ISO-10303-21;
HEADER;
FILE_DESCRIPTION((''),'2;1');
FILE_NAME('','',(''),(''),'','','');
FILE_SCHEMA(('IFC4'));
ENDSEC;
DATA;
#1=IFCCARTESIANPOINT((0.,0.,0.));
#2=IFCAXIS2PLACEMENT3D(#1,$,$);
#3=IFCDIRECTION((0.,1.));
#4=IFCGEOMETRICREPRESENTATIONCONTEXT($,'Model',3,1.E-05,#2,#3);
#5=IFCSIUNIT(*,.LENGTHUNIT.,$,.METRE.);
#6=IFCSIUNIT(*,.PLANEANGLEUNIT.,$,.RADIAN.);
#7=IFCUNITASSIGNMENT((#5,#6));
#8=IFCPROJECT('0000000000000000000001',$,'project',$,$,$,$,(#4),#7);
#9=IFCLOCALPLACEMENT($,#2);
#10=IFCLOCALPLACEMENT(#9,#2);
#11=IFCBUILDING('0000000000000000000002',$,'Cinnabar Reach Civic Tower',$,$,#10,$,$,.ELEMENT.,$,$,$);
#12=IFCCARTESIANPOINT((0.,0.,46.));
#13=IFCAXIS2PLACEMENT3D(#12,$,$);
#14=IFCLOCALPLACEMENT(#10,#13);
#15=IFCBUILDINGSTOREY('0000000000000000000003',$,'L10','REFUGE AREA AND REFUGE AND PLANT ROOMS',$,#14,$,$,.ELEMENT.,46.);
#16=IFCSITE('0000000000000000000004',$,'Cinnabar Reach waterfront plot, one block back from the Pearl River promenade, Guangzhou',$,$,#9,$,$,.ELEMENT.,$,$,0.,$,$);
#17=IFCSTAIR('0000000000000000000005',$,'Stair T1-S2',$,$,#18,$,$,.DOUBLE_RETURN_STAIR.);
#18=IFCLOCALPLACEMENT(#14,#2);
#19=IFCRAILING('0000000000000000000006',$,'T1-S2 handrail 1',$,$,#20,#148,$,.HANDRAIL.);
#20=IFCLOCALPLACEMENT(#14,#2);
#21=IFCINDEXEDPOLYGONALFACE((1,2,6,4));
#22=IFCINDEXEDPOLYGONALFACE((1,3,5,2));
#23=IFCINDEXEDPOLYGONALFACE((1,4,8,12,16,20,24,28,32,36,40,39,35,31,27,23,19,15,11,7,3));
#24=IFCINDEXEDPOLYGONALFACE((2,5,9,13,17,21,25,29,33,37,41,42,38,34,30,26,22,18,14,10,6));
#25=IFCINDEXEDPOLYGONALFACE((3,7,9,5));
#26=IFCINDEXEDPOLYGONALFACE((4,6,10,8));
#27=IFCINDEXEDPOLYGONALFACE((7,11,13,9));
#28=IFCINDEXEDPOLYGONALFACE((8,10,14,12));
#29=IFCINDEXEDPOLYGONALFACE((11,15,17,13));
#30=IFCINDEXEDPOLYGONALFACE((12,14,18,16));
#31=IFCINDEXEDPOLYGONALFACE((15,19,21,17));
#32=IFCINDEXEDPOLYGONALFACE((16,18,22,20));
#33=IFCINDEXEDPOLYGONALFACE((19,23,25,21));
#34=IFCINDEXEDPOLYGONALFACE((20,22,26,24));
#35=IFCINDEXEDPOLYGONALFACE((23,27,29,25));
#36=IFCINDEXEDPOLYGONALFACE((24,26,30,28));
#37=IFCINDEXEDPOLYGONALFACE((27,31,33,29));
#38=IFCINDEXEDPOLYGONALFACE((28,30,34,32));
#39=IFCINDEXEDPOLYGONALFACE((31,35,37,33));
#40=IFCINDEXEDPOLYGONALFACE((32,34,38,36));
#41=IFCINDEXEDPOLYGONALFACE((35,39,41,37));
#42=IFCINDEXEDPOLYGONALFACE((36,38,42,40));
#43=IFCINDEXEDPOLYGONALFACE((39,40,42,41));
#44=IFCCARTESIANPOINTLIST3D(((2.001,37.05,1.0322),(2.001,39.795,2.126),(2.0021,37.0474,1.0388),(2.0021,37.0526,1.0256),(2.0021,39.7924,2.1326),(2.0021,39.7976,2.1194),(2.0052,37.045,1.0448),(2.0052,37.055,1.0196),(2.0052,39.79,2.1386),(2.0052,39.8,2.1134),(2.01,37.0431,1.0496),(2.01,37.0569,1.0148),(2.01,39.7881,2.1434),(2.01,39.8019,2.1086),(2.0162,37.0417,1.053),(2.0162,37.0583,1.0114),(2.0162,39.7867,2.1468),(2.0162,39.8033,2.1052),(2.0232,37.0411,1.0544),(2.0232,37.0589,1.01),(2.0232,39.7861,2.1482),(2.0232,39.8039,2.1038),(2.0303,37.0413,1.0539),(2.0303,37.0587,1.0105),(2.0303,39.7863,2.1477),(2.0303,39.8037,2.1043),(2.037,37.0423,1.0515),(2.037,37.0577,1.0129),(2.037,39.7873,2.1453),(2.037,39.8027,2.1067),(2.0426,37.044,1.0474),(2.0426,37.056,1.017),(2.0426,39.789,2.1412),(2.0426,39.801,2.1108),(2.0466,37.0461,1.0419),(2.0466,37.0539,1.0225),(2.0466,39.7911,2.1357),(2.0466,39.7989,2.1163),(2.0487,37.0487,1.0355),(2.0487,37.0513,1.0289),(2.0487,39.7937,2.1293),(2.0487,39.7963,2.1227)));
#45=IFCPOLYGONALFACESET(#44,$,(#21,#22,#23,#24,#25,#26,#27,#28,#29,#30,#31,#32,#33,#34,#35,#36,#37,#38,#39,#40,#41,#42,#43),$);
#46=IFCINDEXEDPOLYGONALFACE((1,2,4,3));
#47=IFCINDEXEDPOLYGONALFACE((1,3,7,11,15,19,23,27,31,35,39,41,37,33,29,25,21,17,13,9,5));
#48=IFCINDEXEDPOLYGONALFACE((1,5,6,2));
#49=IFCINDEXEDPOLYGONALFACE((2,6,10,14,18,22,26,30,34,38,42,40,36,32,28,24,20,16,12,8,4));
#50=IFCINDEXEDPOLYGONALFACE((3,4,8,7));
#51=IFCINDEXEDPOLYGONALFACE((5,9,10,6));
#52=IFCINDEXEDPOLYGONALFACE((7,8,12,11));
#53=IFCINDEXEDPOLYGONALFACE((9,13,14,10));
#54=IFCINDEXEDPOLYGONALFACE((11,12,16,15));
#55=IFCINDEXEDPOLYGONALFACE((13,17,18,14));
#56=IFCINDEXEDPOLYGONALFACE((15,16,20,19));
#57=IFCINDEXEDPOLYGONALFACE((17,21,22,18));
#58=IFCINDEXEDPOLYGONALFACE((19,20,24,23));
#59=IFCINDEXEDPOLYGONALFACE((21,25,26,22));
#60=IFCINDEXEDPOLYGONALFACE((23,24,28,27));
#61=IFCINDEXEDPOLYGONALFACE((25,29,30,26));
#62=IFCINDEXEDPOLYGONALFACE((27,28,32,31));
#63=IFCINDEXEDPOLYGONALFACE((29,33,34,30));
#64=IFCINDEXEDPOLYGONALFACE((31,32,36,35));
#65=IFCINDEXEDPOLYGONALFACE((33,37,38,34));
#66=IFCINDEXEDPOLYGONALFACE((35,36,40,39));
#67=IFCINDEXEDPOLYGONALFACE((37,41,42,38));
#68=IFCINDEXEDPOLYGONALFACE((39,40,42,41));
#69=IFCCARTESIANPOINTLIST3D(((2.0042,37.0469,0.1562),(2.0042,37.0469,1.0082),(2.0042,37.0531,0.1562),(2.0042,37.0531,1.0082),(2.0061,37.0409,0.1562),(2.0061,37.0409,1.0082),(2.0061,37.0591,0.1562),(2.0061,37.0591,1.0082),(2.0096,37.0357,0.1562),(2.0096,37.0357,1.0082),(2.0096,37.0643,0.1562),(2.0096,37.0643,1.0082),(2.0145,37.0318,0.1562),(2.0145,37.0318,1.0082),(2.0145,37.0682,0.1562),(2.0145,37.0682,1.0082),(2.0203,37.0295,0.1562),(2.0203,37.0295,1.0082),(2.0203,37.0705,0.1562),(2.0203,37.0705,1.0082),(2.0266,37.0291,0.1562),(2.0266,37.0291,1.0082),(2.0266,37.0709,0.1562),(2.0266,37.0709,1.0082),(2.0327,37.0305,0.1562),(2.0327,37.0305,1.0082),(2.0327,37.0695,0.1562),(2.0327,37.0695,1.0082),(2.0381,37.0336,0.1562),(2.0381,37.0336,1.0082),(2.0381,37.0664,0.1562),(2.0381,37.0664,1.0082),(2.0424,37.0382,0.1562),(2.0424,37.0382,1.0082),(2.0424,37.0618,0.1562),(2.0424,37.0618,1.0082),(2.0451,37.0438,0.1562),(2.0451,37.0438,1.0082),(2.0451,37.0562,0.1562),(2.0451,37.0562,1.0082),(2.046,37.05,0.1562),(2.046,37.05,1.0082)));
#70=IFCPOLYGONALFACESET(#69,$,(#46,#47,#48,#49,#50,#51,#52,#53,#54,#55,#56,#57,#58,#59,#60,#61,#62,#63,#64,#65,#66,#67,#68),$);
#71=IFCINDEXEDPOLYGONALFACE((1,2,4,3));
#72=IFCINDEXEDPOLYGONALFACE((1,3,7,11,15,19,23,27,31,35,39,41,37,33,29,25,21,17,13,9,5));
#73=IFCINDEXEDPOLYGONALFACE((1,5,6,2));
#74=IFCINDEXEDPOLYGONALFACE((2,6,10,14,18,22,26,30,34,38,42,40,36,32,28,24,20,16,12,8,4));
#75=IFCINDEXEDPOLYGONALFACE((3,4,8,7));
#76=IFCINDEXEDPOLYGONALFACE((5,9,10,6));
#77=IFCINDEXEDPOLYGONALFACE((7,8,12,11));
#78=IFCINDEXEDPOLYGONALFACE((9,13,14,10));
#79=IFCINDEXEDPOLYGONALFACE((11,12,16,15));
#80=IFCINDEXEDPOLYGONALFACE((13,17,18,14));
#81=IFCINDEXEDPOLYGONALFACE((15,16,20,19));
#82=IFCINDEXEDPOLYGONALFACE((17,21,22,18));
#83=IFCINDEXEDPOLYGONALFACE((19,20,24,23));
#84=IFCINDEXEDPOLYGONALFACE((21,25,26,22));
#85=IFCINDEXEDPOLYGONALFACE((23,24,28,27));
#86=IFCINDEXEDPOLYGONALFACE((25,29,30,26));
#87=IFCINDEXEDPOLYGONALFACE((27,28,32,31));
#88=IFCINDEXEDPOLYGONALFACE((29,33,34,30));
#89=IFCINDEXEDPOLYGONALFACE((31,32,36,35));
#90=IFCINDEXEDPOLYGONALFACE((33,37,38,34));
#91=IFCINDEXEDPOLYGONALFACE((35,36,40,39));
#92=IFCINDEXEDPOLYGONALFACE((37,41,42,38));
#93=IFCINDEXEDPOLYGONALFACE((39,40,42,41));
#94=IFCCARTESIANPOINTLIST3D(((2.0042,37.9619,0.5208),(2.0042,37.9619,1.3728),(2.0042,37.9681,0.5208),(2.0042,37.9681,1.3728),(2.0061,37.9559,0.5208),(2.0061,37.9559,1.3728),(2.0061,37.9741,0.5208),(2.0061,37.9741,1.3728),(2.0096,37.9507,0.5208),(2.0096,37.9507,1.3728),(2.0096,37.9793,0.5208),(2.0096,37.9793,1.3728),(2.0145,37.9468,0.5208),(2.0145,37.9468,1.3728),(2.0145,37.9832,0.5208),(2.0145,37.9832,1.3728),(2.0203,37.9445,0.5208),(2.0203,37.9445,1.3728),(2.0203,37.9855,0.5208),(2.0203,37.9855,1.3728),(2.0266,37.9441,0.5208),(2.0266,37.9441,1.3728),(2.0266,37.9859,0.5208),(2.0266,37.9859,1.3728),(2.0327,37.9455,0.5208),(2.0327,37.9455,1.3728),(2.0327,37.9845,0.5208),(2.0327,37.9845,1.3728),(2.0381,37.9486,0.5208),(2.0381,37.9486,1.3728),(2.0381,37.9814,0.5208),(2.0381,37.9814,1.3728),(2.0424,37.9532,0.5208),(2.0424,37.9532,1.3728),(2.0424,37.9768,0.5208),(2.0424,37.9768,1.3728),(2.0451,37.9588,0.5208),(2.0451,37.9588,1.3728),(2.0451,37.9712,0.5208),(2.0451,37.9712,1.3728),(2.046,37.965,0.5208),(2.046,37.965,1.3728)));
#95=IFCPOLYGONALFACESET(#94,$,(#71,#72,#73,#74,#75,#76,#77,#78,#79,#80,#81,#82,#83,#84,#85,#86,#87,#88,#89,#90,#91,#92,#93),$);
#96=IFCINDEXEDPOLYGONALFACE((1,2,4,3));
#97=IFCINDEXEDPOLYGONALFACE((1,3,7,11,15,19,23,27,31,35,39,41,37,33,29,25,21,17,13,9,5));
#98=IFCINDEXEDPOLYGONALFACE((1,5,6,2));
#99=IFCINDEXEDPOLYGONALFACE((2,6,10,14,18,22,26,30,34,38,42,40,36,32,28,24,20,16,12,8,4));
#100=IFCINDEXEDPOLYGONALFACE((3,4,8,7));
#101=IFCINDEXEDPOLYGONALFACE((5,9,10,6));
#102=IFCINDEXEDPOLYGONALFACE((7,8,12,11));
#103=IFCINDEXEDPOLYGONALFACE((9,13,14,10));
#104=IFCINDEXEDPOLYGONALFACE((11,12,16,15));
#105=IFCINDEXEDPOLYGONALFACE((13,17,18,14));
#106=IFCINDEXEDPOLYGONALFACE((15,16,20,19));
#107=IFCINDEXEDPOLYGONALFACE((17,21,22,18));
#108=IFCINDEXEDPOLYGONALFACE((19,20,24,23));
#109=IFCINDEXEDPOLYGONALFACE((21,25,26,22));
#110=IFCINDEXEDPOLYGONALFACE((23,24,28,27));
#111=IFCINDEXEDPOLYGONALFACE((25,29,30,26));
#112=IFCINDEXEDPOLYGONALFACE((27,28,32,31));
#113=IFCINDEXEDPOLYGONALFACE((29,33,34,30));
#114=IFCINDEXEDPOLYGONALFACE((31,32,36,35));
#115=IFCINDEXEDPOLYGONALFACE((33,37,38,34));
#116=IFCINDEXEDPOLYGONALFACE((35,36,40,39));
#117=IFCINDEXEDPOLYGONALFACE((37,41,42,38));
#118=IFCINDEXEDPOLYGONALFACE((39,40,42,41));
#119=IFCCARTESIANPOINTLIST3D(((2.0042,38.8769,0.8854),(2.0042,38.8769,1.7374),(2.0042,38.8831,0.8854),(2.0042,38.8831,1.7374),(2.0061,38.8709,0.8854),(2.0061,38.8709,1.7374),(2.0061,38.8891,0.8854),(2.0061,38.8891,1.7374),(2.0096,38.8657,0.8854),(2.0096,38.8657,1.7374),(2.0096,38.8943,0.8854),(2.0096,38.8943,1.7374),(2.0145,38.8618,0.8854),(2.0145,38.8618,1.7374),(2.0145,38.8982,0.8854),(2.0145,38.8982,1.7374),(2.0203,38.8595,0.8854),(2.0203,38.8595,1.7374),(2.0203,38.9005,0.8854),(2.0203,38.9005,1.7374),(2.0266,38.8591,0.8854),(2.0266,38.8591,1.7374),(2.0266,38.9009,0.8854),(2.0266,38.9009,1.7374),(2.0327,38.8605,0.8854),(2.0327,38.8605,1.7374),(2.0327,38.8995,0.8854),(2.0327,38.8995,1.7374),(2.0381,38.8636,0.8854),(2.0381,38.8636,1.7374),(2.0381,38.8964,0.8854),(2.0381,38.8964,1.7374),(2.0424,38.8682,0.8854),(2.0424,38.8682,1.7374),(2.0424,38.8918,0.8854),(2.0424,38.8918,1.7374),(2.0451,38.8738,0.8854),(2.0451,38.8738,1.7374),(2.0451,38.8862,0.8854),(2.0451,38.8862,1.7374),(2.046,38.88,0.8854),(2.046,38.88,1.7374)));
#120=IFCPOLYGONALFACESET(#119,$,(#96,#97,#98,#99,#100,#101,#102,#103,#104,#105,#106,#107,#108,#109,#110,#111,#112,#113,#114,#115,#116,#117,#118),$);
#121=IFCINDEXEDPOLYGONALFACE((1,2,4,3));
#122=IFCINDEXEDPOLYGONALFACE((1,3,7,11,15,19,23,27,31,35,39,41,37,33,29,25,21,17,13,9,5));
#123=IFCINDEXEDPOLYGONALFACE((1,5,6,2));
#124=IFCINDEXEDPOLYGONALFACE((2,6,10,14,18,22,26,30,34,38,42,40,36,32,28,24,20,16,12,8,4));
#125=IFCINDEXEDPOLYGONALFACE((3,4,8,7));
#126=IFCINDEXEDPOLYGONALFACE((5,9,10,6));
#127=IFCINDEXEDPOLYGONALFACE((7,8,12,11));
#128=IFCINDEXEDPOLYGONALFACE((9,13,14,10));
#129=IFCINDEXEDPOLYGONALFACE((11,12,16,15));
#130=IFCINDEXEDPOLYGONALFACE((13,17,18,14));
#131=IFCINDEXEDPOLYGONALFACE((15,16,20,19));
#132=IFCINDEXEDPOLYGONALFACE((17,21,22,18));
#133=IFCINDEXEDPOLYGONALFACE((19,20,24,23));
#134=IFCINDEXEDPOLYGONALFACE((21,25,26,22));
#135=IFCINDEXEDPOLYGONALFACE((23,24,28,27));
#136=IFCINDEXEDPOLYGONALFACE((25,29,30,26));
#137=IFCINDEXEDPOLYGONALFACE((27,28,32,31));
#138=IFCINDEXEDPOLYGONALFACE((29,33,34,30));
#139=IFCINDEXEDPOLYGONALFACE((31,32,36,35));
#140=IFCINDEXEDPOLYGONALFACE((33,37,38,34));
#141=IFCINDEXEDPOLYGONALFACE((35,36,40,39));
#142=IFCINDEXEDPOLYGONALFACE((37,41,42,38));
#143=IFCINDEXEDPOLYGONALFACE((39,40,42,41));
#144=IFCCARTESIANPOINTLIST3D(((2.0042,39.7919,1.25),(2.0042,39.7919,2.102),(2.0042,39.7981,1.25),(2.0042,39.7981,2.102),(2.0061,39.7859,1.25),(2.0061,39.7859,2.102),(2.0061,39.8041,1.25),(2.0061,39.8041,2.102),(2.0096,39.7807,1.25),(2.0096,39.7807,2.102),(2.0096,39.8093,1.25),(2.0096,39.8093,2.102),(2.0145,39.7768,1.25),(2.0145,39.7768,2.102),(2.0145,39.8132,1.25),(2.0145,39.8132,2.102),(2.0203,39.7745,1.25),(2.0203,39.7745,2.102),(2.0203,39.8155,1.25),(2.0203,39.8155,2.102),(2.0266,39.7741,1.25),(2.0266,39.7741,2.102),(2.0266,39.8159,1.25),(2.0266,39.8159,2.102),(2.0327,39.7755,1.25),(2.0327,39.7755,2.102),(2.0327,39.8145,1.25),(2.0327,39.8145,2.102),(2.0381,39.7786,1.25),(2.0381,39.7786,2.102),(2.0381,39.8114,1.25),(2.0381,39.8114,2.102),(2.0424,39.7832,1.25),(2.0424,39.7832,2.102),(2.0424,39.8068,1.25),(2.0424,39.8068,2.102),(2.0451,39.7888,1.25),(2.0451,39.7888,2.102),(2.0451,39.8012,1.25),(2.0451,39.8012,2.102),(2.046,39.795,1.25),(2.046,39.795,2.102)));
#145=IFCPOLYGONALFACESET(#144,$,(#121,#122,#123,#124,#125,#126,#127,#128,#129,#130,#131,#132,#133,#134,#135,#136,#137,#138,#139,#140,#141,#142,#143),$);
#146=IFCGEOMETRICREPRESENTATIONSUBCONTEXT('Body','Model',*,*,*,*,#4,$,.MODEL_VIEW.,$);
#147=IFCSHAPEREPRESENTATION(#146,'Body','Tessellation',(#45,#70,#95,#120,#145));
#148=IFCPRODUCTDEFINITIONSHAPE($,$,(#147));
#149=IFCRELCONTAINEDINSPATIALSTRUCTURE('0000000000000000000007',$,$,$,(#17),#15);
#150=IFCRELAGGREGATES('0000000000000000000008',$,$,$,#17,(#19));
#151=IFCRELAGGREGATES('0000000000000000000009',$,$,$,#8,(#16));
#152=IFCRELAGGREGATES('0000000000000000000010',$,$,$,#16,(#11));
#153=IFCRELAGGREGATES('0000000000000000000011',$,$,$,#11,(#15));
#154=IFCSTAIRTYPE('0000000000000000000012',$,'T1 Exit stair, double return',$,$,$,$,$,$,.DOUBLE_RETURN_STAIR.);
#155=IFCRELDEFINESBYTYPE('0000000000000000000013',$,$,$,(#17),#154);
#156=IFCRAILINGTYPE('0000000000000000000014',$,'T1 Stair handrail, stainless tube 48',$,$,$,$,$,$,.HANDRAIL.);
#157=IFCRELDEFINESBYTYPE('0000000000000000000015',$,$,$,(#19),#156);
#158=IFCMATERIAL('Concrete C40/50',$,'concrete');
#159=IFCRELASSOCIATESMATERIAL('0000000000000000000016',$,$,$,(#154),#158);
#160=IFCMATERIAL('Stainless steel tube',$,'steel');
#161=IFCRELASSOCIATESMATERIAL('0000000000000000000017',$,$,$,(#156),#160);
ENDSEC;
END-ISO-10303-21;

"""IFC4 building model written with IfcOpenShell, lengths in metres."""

from ifc_helpers import new_model, si_unit, direction, frame, origin, origin_2d, place, context, subcontext, project, spatial, circle, extrude, material, type_object, element, aggregate, save


model = new_model("IFC4")

# Units and contexts
model_context = context("Model", 3, precision=1e-05, world=origin(), true_north=direction((0.0, 1.0)))
body_context = subcontext(model_context, "Body", "Model", "MODEL_VIEW")
ifc_project = project(units=[si_unit("LENGTHUNIT", "METRE"), si_unit("PLANEANGLEUNIT", "RADIAN")], contexts=[model_context])

# Site, building, storey
site_placement = place(None, origin())
site = spatial("IfcSite", under=ifc_project, at=site_placement, Name="Cinnabar Reach waterfront plot, one block back from the Pearl River promenade, Guangzhou", CompositionType="ELEMENT", RefElevation=0.0)
building_placement = place(site_placement, origin())
building = spatial("IfcBuilding", under=site, at=building_placement, Name="Cinnabar Reach Civic Tower", CompositionType="ELEMENT")
storey_placement = place(building_placement, frame((0.0, 0.0, 46.0)))
storey = spatial("IfcBuildingStorey", under=building, at=storey_placement, Name="L10", Description="REFUGE AREA AND REFUGE AND PLANT ROOMS", CompositionType="ELEMENT", Elevation=46.0)

# Shared definitions
ifc_material_1 = material(Name="Concrete C40/50", Category="concrete")

# Stair
stair_type = type_object("IfcStairType", Name="T1 Exit stair, double return", PredefinedType="DOUBLE_RETURN_STAIR", material=ifc_material_1)
stair_1_placement = place(storey_placement, origin())
stair_1 = element("IfcStair", 1, at=stair_1_placement, inside=storey, type_object=stair_type, Name="Stair T1-S2", PredefinedType="DOUBLE_RETURN_STAIR")

# Railing
ifc_material_2 = material(Name="Stainless steel tube", Category="steel")
railing_type_1 = type_object("IfcRailingType", Name="T1 Stair handrail, stainless tube 48", PredefinedType="HANDRAIL", material=ifc_material_2)
railing_1_placement = place(storey_placement, frame((2.025, 37.05, 0.1562)))
railing_1 = element("IfcRailing", 2, at=railing_1_placement, type_object=railing_type_1, Name="T1-S2 handrail 1", PredefinedType="HANDRAIL", context=body_context, shape_type="SweptSolid", body=[
    extrude(circle(Radius=0.024, at=origin_2d()), frame((0.0, 0.0, 0.876), z_axis=(0.0, 0.928966, 0.370165), x_axis=(-1.0, 0.0, 0.0)), (0.0, 0.0, 1.0), 2.9549),
    extrude(circle(Radius=0.021, at=origin_2d()), origin(), (0.0, 0.0, 1.0), 0.852),
    extrude(circle(Radius=0.021, at=origin_2d()), frame((0.0, 0.915, 0.3646)), (0.0, 0.0, 1.0), 0.852),
    extrude(circle(Radius=0.021, at=origin_2d()), frame((0.0, 1.83, 0.7292)), (0.0, 0.0, 1.0), 0.852),
    extrude(circle(Radius=0.021, at=origin_2d()), frame((0.0, 2.745, 1.0938)), (0.0, 0.0, 1.0), 0.852),
])
aggregate(stair_1, [railing_1])

save(model, "model.ifc")
